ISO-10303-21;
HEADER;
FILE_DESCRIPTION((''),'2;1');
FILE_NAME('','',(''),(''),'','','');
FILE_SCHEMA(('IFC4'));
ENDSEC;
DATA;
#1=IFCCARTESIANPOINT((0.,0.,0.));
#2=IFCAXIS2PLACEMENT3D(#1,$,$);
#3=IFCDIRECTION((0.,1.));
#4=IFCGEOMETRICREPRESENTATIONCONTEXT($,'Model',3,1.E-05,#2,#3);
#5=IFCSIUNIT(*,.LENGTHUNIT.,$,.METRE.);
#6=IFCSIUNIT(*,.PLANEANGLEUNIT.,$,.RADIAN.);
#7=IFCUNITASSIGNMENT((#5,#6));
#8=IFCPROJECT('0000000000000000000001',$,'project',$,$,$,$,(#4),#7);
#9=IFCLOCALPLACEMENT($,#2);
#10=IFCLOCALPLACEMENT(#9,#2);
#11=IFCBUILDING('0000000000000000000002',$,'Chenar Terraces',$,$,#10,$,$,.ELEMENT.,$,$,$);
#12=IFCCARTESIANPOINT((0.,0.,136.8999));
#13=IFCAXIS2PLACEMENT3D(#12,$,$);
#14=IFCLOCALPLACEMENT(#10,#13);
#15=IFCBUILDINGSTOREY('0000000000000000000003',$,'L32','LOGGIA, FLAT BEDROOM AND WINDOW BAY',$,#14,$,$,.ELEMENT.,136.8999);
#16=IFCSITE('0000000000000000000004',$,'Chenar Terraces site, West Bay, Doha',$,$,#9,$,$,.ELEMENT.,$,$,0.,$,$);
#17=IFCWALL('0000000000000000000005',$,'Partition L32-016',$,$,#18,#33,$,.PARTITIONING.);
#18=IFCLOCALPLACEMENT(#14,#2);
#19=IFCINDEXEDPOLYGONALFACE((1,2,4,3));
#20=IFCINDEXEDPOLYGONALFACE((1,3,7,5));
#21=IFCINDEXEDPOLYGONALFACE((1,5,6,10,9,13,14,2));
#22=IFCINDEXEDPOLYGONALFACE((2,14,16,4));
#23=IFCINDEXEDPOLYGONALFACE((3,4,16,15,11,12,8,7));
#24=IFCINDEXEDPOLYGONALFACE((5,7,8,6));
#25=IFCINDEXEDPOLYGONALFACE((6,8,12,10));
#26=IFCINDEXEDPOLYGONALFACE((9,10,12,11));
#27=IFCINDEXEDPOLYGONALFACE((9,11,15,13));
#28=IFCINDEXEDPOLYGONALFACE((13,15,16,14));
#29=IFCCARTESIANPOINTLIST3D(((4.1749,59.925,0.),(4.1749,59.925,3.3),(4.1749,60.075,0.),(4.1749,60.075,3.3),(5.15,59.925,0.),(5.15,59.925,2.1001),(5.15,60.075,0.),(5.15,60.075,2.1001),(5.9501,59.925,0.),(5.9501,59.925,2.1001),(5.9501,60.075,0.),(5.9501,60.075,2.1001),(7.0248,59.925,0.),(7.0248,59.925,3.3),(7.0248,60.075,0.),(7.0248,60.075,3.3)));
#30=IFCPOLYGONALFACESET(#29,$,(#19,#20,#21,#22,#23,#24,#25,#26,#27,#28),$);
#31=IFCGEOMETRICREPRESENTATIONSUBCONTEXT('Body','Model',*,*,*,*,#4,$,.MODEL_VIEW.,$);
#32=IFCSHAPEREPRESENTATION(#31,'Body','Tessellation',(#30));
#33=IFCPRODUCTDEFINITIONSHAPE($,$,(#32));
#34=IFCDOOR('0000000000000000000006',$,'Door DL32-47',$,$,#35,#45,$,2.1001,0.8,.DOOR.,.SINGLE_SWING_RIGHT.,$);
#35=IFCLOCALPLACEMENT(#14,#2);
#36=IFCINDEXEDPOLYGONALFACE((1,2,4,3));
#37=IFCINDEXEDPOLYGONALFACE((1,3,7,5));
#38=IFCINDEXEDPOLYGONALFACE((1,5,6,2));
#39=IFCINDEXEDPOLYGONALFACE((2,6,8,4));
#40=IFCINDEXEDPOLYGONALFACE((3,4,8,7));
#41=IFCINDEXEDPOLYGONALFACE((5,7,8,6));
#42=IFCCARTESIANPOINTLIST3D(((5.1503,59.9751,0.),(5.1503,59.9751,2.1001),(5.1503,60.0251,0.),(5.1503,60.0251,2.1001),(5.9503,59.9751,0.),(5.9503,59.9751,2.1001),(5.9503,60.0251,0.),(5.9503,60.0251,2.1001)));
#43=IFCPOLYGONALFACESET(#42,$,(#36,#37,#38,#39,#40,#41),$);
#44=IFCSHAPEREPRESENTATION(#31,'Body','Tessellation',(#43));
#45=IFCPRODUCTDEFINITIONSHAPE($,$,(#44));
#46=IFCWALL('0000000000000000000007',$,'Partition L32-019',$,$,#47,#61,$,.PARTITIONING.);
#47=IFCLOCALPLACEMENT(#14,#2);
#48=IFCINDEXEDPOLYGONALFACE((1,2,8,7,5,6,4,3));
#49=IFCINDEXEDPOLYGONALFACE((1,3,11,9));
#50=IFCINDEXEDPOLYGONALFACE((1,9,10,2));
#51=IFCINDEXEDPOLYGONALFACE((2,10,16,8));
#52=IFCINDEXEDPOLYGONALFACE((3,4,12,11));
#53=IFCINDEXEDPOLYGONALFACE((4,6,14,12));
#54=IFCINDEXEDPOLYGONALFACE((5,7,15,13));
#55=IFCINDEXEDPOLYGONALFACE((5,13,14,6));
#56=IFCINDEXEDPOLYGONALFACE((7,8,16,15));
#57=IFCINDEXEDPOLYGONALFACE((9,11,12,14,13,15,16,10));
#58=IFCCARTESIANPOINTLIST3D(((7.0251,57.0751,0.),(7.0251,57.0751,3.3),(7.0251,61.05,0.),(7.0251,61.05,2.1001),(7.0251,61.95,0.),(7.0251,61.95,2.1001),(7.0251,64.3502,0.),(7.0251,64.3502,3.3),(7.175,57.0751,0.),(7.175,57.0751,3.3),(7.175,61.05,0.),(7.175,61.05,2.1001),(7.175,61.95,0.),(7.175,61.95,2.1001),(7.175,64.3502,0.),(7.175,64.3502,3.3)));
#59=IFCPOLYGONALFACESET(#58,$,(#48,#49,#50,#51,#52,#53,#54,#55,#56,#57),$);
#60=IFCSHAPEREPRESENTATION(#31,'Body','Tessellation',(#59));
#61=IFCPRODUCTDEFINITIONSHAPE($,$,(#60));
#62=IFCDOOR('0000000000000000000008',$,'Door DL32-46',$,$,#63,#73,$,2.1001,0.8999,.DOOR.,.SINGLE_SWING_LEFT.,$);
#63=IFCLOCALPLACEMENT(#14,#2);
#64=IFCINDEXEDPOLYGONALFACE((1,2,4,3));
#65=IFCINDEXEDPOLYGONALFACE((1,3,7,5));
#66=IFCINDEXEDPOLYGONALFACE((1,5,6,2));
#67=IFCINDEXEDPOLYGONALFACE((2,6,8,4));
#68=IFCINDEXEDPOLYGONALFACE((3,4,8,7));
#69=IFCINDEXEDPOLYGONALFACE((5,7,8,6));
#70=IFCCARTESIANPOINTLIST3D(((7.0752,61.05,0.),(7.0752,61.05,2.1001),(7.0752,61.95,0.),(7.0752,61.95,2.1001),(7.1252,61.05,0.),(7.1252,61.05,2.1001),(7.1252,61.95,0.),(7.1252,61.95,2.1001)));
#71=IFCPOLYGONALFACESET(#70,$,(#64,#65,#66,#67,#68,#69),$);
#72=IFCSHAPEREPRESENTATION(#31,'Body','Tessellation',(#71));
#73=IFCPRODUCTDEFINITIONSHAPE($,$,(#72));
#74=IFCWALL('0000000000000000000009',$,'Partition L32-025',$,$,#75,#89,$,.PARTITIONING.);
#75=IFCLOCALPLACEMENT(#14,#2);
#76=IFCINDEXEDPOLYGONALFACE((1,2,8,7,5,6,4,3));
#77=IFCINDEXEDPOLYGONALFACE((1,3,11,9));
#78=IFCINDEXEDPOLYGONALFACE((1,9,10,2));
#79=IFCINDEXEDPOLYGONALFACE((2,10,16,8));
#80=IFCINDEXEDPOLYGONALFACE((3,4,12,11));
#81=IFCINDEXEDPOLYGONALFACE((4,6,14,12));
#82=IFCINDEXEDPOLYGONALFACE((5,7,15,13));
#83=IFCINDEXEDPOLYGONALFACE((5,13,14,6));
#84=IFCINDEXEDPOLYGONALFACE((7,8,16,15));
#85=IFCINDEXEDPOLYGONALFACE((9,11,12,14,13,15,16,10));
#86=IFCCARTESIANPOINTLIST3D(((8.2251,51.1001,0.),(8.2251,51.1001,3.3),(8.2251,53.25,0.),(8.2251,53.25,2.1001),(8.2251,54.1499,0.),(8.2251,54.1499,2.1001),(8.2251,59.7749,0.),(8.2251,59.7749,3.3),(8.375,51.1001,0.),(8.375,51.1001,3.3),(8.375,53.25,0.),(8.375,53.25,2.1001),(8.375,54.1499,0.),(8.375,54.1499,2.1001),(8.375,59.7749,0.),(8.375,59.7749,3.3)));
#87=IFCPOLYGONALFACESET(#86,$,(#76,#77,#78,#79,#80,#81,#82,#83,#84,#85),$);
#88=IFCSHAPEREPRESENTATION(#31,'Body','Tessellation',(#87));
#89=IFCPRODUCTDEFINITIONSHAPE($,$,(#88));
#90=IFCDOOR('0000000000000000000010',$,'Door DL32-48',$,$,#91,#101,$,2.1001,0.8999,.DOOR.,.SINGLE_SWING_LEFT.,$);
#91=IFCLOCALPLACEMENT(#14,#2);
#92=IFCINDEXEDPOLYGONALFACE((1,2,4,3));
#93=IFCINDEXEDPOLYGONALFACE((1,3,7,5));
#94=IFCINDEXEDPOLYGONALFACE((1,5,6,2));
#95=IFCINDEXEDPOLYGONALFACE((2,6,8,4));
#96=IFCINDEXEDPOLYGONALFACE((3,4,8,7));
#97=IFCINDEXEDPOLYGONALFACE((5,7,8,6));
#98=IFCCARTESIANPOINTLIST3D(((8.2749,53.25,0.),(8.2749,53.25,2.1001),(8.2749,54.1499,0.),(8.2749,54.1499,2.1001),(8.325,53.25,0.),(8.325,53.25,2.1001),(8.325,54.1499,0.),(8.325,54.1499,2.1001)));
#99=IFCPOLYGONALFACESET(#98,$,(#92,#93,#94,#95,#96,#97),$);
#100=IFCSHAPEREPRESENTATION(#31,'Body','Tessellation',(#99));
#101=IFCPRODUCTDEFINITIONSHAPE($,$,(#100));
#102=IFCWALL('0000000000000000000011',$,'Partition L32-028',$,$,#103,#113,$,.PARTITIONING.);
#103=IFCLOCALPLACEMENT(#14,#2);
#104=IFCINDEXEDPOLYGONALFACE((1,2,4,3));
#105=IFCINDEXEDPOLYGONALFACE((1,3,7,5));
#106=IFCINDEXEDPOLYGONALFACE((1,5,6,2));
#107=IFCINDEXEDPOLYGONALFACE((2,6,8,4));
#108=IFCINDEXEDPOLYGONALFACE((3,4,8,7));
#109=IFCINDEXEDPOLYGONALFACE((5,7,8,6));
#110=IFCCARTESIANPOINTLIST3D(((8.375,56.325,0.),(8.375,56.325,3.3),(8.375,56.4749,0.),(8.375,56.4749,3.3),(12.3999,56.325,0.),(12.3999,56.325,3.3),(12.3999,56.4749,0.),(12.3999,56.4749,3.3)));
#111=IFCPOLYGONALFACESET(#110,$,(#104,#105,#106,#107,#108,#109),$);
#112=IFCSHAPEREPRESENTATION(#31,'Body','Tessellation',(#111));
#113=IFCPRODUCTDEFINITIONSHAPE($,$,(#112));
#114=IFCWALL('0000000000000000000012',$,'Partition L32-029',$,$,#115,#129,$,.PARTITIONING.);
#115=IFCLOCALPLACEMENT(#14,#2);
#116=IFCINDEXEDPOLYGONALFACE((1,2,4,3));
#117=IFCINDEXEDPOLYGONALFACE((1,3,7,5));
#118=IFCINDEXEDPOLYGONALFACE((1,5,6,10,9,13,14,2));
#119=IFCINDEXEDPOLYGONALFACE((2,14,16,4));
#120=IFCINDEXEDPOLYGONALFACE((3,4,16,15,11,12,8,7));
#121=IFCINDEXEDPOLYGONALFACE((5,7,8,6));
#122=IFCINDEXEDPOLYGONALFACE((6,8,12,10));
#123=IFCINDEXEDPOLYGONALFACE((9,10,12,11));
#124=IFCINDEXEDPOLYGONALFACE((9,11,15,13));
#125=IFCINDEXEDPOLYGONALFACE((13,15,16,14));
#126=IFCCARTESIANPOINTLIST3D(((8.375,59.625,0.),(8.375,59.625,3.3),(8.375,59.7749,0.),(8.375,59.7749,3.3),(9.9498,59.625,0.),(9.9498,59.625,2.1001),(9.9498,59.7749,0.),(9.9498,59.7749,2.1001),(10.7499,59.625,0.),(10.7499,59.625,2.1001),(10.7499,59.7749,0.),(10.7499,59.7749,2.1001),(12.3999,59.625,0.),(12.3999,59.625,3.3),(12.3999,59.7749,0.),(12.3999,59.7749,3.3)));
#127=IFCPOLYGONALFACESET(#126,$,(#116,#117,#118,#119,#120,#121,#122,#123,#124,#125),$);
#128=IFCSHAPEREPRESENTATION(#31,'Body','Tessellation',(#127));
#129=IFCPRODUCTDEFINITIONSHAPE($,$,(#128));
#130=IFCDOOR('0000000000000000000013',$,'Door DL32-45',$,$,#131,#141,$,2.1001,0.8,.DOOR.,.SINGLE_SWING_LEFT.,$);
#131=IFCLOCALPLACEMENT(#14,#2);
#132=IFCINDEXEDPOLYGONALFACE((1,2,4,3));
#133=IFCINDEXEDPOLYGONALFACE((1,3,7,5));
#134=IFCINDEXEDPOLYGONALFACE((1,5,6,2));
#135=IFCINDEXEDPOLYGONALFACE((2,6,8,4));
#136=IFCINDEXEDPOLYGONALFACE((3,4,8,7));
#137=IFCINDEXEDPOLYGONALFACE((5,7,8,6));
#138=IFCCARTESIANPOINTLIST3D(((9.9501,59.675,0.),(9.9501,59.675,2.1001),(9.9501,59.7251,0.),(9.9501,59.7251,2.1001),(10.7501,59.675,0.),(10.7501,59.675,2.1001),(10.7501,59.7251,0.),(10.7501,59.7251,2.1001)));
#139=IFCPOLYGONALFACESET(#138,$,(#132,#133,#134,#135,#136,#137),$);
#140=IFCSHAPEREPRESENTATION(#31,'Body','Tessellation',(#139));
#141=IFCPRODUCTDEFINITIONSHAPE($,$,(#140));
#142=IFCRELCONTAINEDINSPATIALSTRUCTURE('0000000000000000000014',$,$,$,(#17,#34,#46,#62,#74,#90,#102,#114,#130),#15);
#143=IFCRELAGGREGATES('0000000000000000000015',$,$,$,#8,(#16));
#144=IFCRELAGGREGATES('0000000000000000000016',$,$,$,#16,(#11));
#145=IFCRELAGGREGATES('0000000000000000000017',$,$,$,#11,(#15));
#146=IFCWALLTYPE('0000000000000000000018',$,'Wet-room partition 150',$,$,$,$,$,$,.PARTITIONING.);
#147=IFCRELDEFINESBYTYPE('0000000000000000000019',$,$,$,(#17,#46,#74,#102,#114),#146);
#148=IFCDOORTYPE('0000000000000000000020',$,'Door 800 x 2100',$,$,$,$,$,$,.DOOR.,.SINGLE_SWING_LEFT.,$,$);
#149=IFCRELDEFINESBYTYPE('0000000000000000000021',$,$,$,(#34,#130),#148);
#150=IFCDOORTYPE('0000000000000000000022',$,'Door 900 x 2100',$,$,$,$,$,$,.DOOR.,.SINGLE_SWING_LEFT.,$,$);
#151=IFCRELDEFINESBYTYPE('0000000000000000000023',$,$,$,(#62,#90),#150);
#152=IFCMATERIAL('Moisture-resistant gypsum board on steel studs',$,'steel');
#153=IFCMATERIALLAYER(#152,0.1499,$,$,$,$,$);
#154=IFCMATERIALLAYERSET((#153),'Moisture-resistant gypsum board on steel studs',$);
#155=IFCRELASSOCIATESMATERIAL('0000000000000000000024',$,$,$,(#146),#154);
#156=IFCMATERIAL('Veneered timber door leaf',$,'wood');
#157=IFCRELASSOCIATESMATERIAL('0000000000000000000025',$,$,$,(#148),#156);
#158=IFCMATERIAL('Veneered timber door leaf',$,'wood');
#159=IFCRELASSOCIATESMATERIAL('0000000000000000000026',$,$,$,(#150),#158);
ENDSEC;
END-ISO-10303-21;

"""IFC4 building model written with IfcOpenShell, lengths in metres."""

from ifc_helpers import new_model, si_unit, direction, frame, frame_2d, origin, place, context, subcontext, project, spatial, rectangle, extrude, material, layer, layer_set, type_object, element, fill, save


model = new_model("IFC4")

# Units and contexts
model_context = context("Model", 3, precision=1e-05, world=origin(), true_north=direction((0.0, 1.0)))
body_context = subcontext(model_context, "Body", "Model", "MODEL_VIEW")
ifc_project = project(units=[si_unit("LENGTHUNIT", "METRE"), si_unit("PLANEANGLEUNIT", "RADIAN")], contexts=[model_context])

# Site, building, storey
site_placement = place(None, origin())
site = spatial("IfcSite", under=ifc_project, at=site_placement, Name="Chenar Terraces site, West Bay, Doha", CompositionType="ELEMENT", RefElevation=0.0)
building_placement = place(site_placement, origin())
building = spatial("IfcBuilding", under=site, at=building_placement, Name="Chenar Terraces", CompositionType="ELEMENT")
storey_placement = place(building_placement, frame((0.0, 0.0, 136.8999)))
storey = spatial("IfcBuildingStorey", under=building, at=storey_placement, Name="L32", Description="LOGGIA, FLAT BEDROOM AND WINDOW BAY", CompositionType="ELEMENT", Elevation=136.8999)

# Shared definitions
ifc_material_1 = material(Name="Moisture-resistant gypsum board on steel studs", Category="steel")
ifc_layer_1 = layer(ifc_material_1, 0.1499)
ifc_layer_set_1 = layer_set([ifc_layer_1], Name="Moisture-resistant gypsum board on steel studs")
wall_type_1 = type_object("IfcWallType", Name="Wet-room partition 150", PredefinedType="PARTITIONING", material=ifc_layer_set_1)

# Walls, openings, doors
wall_1_placement = place(storey_placement, frame((4.175, 60.0, 0.0), z_axis=(0.0, 0.0, 1.0), x_axis=(1.0, 0.0, 0.0)))
wall_1 = element("IfcWall", 1, at=wall_1_placement, inside=storey, type_object=wall_type_1, Name="Partition L32-016", PredefinedType="PARTITIONING", context=body_context, shape_type="SweptSolid", body=[
    extrude(rectangle(XDim=2.8499, YDim=0.1499, at=frame_2d((1.4248, 0.0))), origin(), (0.0, 0.0, 1.0), 3.3),
])
opening_1_placement = place(wall_1_placement, frame((0.9751, 0.0, 0.0)))
opening_1 = element("IfcOpeningElement", 2, at=opening_1_placement, cuts=wall_1, PredefinedType="OPENING", context=body_context, shape_type="SweptSolid", body=[
    extrude(rectangle(XDim=0.8, YDim=2.1001, at=frame_2d((0.3999, 1.05))), frame((0.0, 0.085, 0.0), z_axis=(0.0, -1.0, 0.0), x_axis=(1.0, 0.0, 0.0)), (0.0, 0.0, 1.0), 0.1699),
])
ifc_material_2 = material(Name="Veneered timber door leaf", Category="wood")
door_type_1 = type_object("IfcDoorType", Name="Door 800 x 2100", OperationType="SINGLE_SWING_LEFT", PredefinedType="DOOR", material=ifc_material_2)
door_1_placement = place(opening_1_placement, frame((0.8, 0.0, 0.0), z_axis=(0.0, 0.0, 1.0), x_axis=(-1.0, 0.0, 0.0)))
door_1 = element("IfcDoor", 3, at=door_1_placement, inside=storey, type_object=door_type_1, Name="Door DL32-47", OperationType="SINGLE_SWING_RIGHT", OverallHeight=2.1001, OverallWidth=0.8, PredefinedType="DOOR", context=body_context, shape_type="SweptSolid", body=[
    extrude(rectangle(XDim=0.8, YDim=2.1001, at=frame_2d((0.3999, 1.05))), frame((0.0, 0.0249, 0.0), z_axis=(0.0, -1.0, 0.0), x_axis=(1.0, 0.0, 0.0)), (0.0, 0.0, 1.0), 0.05),
])
fill(opening_1, door_1)
wall_2_placement = place(storey_placement, frame((7.1001, 57.075, 0.0), z_axis=(0.0, 0.0, 1.0), x_axis=(0.0, 1.0, 0.0)))
wall_2 = element("IfcWall", 4, at=wall_2_placement, inside=storey, type_object=wall_type_1, Name="Partition L32-019", PredefinedType="PARTITIONING", context=body_context, shape_type="SweptSolid", body=[
    extrude(rectangle(XDim=7.2751, YDim=0.1499, at=frame_2d((3.6377, 0.0))), origin(), (0.0, 0.0, 1.0), 3.3),
])
opening_2_placement = place(wall_2_placement, frame((3.9751, 0.0, 0.0)))
opening_2 = element("IfcOpeningElement", 5, at=opening_2_placement, cuts=wall_2, PredefinedType="OPENING", context=body_context, shape_type="SweptSolid", body=[
    extrude(rectangle(XDim=0.8999, YDim=2.1001, at=frame_2d((0.45, 1.05))), frame((0.0, 0.085, 0.0), z_axis=(0.0, -1.0, 0.0), x_axis=(1.0, 0.0, 0.0)), (0.0, 0.0, 1.0), 0.1699),
])
ifc_material_3 = material(Name="Veneered timber door leaf", Category="wood")
door_type_2 = type_object("IfcDoorType", Name="Door 900 x 2100", OperationType="SINGLE_SWING_LEFT", PredefinedType="DOOR", material=ifc_material_3)
door_2_placement = place(opening_2_placement, origin())
door_2 = element("IfcDoor", 6, at=door_2_placement, inside=storey, type_object=door_type_2, Name="Door DL32-46", OperationType="SINGLE_SWING_LEFT", OverallHeight=2.1001, OverallWidth=0.8999, PredefinedType="DOOR", context=body_context, shape_type="SweptSolid", body=[
    extrude(rectangle(XDim=0.8999, YDim=2.1001, at=frame_2d((0.45, 1.05))), frame((0.0, 0.0249, 0.0), z_axis=(0.0, -1.0, 0.0), x_axis=(1.0, 0.0, 0.0)), (0.0, 0.0, 1.0), 0.05),
])
fill(opening_2, door_2)
wall_3_placement = place(storey_placement, frame((8.3, 51.1001, 0.0), z_axis=(0.0, 0.0, 1.0), x_axis=(0.0, 1.0, 0.0)))
wall_3 = element("IfcWall", 7, at=wall_3_placement, inside=storey, type_object=wall_type_1, Name="Partition L32-025", PredefinedType="PARTITIONING", context=body_context, shape_type="SweptSolid", body=[
    extrude(rectangle(XDim=8.6748, YDim=0.1499, at=frame_2d((4.3374, 0.0))), origin(), (0.0, 0.0, 1.0), 3.3),
])
opening_3_placement = place(wall_3_placement, frame((2.1499, 0.0, 0.0)))
opening_3 = element("IfcOpeningElement", 8, at=opening_3_placement, cuts=wall_3, PredefinedType="OPENING", context=body_context, shape_type="SweptSolid", body=[
    extrude(rectangle(XDim=0.8999, YDim=2.1001, at=frame_2d((0.45, 1.05))), frame((0.0, 0.085, 0.0), z_axis=(0.0, -1.0, 0.0), x_axis=(1.0, 0.0, 0.0)), (0.0, 0.0, 1.0), 0.1699),
])
door_3_placement = place(opening_3_placement, frame((0.8999, 0.0, 0.0), z_axis=(0.0, 0.0, 1.0), x_axis=(-1.0, 0.0, 0.0)))
door_3 = element("IfcDoor", 9, at=door_3_placement, inside=storey, type_object=door_type_2, Name="Door DL32-48", OperationType="SINGLE_SWING_LEFT", OverallHeight=2.1001, OverallWidth=0.8999, PredefinedType="DOOR", context=body_context, shape_type="SweptSolid", body=[
    extrude(rectangle(XDim=0.8999, YDim=2.1001, at=frame_2d((0.45, 1.05))), frame((0.0, 0.0249, 0.0), z_axis=(0.0, -1.0, 0.0), x_axis=(1.0, 0.0, 0.0)), (0.0, 0.0, 1.0), 0.05),
])
fill(opening_3, door_3)

# Wall
wall_4_placement = place(storey_placement, frame((8.375, 56.3999, 0.0), z_axis=(0.0, 0.0, 1.0), x_axis=(1.0, 0.0, 0.0)))
element("IfcWall", 10, at=wall_4_placement, inside=storey, type_object=wall_type_1, Name="Partition L32-028", PredefinedType="PARTITIONING", context=body_context, shape_type="SweptSolid", body=[
    extrude(rectangle(XDim=4.0249, YDim=0.1499, at=frame_2d((2.0125, 0.0))), origin(), (0.0, 0.0, 1.0), 3.3),
])

# Wall, opening, door
wall_5_placement = place(storey_placement, frame((8.375, 59.7, 0.0), z_axis=(0.0, 0.0, 1.0), x_axis=(1.0, 0.0, 0.0)))
wall_5 = element("IfcWall", 11, at=wall_5_placement, inside=storey, type_object=wall_type_1, Name="Partition L32-029", PredefinedType="PARTITIONING", context=body_context, shape_type="SweptSolid", body=[
    extrude(rectangle(XDim=4.0249, YDim=0.1499, at=frame_2d((2.0125, 0.0))), origin(), (0.0, 0.0, 1.0), 3.3),
])
opening_4_placement = place(wall_5_placement, frame((1.575, 0.0, 0.0)))
opening_4 = element("IfcOpeningElement", 12, at=opening_4_placement, cuts=wall_5, PredefinedType="OPENING", context=body_context, shape_type="SweptSolid", body=[
    extrude(rectangle(XDim=0.8, YDim=2.1001, at=frame_2d((0.3999, 1.05))), frame((0.0, 0.085, 0.0), z_axis=(0.0, -1.0, 0.0), x_axis=(1.0, 0.0, 0.0)), (0.0, 0.0, 1.0), 0.1699),
])
door_4_placement = place(opening_4_placement, frame((0.8, 0.0, 0.0), z_axis=(0.0, 0.0, 1.0), x_axis=(-1.0, 0.0, 0.0)))
door_4 = element("IfcDoor", 13, at=door_4_placement, inside=storey, type_object=door_type_1, Name="Door DL32-45", OperationType="SINGLE_SWING_LEFT", OverallHeight=2.1001, OverallWidth=0.8, PredefinedType="DOOR", context=body_context, shape_type="SweptSolid", body=[
    extrude(rectangle(XDim=0.8, YDim=2.1001, at=frame_2d((0.3999, 1.05))), frame((0.0, 0.0249, 0.0), z_axis=(0.0, -1.0, 0.0), x_axis=(1.0, 0.0, 0.0)), (0.0, 0.0, 1.0), 0.05),
])
fill(opening_4, door_4)

save(model, "model.ifc")
